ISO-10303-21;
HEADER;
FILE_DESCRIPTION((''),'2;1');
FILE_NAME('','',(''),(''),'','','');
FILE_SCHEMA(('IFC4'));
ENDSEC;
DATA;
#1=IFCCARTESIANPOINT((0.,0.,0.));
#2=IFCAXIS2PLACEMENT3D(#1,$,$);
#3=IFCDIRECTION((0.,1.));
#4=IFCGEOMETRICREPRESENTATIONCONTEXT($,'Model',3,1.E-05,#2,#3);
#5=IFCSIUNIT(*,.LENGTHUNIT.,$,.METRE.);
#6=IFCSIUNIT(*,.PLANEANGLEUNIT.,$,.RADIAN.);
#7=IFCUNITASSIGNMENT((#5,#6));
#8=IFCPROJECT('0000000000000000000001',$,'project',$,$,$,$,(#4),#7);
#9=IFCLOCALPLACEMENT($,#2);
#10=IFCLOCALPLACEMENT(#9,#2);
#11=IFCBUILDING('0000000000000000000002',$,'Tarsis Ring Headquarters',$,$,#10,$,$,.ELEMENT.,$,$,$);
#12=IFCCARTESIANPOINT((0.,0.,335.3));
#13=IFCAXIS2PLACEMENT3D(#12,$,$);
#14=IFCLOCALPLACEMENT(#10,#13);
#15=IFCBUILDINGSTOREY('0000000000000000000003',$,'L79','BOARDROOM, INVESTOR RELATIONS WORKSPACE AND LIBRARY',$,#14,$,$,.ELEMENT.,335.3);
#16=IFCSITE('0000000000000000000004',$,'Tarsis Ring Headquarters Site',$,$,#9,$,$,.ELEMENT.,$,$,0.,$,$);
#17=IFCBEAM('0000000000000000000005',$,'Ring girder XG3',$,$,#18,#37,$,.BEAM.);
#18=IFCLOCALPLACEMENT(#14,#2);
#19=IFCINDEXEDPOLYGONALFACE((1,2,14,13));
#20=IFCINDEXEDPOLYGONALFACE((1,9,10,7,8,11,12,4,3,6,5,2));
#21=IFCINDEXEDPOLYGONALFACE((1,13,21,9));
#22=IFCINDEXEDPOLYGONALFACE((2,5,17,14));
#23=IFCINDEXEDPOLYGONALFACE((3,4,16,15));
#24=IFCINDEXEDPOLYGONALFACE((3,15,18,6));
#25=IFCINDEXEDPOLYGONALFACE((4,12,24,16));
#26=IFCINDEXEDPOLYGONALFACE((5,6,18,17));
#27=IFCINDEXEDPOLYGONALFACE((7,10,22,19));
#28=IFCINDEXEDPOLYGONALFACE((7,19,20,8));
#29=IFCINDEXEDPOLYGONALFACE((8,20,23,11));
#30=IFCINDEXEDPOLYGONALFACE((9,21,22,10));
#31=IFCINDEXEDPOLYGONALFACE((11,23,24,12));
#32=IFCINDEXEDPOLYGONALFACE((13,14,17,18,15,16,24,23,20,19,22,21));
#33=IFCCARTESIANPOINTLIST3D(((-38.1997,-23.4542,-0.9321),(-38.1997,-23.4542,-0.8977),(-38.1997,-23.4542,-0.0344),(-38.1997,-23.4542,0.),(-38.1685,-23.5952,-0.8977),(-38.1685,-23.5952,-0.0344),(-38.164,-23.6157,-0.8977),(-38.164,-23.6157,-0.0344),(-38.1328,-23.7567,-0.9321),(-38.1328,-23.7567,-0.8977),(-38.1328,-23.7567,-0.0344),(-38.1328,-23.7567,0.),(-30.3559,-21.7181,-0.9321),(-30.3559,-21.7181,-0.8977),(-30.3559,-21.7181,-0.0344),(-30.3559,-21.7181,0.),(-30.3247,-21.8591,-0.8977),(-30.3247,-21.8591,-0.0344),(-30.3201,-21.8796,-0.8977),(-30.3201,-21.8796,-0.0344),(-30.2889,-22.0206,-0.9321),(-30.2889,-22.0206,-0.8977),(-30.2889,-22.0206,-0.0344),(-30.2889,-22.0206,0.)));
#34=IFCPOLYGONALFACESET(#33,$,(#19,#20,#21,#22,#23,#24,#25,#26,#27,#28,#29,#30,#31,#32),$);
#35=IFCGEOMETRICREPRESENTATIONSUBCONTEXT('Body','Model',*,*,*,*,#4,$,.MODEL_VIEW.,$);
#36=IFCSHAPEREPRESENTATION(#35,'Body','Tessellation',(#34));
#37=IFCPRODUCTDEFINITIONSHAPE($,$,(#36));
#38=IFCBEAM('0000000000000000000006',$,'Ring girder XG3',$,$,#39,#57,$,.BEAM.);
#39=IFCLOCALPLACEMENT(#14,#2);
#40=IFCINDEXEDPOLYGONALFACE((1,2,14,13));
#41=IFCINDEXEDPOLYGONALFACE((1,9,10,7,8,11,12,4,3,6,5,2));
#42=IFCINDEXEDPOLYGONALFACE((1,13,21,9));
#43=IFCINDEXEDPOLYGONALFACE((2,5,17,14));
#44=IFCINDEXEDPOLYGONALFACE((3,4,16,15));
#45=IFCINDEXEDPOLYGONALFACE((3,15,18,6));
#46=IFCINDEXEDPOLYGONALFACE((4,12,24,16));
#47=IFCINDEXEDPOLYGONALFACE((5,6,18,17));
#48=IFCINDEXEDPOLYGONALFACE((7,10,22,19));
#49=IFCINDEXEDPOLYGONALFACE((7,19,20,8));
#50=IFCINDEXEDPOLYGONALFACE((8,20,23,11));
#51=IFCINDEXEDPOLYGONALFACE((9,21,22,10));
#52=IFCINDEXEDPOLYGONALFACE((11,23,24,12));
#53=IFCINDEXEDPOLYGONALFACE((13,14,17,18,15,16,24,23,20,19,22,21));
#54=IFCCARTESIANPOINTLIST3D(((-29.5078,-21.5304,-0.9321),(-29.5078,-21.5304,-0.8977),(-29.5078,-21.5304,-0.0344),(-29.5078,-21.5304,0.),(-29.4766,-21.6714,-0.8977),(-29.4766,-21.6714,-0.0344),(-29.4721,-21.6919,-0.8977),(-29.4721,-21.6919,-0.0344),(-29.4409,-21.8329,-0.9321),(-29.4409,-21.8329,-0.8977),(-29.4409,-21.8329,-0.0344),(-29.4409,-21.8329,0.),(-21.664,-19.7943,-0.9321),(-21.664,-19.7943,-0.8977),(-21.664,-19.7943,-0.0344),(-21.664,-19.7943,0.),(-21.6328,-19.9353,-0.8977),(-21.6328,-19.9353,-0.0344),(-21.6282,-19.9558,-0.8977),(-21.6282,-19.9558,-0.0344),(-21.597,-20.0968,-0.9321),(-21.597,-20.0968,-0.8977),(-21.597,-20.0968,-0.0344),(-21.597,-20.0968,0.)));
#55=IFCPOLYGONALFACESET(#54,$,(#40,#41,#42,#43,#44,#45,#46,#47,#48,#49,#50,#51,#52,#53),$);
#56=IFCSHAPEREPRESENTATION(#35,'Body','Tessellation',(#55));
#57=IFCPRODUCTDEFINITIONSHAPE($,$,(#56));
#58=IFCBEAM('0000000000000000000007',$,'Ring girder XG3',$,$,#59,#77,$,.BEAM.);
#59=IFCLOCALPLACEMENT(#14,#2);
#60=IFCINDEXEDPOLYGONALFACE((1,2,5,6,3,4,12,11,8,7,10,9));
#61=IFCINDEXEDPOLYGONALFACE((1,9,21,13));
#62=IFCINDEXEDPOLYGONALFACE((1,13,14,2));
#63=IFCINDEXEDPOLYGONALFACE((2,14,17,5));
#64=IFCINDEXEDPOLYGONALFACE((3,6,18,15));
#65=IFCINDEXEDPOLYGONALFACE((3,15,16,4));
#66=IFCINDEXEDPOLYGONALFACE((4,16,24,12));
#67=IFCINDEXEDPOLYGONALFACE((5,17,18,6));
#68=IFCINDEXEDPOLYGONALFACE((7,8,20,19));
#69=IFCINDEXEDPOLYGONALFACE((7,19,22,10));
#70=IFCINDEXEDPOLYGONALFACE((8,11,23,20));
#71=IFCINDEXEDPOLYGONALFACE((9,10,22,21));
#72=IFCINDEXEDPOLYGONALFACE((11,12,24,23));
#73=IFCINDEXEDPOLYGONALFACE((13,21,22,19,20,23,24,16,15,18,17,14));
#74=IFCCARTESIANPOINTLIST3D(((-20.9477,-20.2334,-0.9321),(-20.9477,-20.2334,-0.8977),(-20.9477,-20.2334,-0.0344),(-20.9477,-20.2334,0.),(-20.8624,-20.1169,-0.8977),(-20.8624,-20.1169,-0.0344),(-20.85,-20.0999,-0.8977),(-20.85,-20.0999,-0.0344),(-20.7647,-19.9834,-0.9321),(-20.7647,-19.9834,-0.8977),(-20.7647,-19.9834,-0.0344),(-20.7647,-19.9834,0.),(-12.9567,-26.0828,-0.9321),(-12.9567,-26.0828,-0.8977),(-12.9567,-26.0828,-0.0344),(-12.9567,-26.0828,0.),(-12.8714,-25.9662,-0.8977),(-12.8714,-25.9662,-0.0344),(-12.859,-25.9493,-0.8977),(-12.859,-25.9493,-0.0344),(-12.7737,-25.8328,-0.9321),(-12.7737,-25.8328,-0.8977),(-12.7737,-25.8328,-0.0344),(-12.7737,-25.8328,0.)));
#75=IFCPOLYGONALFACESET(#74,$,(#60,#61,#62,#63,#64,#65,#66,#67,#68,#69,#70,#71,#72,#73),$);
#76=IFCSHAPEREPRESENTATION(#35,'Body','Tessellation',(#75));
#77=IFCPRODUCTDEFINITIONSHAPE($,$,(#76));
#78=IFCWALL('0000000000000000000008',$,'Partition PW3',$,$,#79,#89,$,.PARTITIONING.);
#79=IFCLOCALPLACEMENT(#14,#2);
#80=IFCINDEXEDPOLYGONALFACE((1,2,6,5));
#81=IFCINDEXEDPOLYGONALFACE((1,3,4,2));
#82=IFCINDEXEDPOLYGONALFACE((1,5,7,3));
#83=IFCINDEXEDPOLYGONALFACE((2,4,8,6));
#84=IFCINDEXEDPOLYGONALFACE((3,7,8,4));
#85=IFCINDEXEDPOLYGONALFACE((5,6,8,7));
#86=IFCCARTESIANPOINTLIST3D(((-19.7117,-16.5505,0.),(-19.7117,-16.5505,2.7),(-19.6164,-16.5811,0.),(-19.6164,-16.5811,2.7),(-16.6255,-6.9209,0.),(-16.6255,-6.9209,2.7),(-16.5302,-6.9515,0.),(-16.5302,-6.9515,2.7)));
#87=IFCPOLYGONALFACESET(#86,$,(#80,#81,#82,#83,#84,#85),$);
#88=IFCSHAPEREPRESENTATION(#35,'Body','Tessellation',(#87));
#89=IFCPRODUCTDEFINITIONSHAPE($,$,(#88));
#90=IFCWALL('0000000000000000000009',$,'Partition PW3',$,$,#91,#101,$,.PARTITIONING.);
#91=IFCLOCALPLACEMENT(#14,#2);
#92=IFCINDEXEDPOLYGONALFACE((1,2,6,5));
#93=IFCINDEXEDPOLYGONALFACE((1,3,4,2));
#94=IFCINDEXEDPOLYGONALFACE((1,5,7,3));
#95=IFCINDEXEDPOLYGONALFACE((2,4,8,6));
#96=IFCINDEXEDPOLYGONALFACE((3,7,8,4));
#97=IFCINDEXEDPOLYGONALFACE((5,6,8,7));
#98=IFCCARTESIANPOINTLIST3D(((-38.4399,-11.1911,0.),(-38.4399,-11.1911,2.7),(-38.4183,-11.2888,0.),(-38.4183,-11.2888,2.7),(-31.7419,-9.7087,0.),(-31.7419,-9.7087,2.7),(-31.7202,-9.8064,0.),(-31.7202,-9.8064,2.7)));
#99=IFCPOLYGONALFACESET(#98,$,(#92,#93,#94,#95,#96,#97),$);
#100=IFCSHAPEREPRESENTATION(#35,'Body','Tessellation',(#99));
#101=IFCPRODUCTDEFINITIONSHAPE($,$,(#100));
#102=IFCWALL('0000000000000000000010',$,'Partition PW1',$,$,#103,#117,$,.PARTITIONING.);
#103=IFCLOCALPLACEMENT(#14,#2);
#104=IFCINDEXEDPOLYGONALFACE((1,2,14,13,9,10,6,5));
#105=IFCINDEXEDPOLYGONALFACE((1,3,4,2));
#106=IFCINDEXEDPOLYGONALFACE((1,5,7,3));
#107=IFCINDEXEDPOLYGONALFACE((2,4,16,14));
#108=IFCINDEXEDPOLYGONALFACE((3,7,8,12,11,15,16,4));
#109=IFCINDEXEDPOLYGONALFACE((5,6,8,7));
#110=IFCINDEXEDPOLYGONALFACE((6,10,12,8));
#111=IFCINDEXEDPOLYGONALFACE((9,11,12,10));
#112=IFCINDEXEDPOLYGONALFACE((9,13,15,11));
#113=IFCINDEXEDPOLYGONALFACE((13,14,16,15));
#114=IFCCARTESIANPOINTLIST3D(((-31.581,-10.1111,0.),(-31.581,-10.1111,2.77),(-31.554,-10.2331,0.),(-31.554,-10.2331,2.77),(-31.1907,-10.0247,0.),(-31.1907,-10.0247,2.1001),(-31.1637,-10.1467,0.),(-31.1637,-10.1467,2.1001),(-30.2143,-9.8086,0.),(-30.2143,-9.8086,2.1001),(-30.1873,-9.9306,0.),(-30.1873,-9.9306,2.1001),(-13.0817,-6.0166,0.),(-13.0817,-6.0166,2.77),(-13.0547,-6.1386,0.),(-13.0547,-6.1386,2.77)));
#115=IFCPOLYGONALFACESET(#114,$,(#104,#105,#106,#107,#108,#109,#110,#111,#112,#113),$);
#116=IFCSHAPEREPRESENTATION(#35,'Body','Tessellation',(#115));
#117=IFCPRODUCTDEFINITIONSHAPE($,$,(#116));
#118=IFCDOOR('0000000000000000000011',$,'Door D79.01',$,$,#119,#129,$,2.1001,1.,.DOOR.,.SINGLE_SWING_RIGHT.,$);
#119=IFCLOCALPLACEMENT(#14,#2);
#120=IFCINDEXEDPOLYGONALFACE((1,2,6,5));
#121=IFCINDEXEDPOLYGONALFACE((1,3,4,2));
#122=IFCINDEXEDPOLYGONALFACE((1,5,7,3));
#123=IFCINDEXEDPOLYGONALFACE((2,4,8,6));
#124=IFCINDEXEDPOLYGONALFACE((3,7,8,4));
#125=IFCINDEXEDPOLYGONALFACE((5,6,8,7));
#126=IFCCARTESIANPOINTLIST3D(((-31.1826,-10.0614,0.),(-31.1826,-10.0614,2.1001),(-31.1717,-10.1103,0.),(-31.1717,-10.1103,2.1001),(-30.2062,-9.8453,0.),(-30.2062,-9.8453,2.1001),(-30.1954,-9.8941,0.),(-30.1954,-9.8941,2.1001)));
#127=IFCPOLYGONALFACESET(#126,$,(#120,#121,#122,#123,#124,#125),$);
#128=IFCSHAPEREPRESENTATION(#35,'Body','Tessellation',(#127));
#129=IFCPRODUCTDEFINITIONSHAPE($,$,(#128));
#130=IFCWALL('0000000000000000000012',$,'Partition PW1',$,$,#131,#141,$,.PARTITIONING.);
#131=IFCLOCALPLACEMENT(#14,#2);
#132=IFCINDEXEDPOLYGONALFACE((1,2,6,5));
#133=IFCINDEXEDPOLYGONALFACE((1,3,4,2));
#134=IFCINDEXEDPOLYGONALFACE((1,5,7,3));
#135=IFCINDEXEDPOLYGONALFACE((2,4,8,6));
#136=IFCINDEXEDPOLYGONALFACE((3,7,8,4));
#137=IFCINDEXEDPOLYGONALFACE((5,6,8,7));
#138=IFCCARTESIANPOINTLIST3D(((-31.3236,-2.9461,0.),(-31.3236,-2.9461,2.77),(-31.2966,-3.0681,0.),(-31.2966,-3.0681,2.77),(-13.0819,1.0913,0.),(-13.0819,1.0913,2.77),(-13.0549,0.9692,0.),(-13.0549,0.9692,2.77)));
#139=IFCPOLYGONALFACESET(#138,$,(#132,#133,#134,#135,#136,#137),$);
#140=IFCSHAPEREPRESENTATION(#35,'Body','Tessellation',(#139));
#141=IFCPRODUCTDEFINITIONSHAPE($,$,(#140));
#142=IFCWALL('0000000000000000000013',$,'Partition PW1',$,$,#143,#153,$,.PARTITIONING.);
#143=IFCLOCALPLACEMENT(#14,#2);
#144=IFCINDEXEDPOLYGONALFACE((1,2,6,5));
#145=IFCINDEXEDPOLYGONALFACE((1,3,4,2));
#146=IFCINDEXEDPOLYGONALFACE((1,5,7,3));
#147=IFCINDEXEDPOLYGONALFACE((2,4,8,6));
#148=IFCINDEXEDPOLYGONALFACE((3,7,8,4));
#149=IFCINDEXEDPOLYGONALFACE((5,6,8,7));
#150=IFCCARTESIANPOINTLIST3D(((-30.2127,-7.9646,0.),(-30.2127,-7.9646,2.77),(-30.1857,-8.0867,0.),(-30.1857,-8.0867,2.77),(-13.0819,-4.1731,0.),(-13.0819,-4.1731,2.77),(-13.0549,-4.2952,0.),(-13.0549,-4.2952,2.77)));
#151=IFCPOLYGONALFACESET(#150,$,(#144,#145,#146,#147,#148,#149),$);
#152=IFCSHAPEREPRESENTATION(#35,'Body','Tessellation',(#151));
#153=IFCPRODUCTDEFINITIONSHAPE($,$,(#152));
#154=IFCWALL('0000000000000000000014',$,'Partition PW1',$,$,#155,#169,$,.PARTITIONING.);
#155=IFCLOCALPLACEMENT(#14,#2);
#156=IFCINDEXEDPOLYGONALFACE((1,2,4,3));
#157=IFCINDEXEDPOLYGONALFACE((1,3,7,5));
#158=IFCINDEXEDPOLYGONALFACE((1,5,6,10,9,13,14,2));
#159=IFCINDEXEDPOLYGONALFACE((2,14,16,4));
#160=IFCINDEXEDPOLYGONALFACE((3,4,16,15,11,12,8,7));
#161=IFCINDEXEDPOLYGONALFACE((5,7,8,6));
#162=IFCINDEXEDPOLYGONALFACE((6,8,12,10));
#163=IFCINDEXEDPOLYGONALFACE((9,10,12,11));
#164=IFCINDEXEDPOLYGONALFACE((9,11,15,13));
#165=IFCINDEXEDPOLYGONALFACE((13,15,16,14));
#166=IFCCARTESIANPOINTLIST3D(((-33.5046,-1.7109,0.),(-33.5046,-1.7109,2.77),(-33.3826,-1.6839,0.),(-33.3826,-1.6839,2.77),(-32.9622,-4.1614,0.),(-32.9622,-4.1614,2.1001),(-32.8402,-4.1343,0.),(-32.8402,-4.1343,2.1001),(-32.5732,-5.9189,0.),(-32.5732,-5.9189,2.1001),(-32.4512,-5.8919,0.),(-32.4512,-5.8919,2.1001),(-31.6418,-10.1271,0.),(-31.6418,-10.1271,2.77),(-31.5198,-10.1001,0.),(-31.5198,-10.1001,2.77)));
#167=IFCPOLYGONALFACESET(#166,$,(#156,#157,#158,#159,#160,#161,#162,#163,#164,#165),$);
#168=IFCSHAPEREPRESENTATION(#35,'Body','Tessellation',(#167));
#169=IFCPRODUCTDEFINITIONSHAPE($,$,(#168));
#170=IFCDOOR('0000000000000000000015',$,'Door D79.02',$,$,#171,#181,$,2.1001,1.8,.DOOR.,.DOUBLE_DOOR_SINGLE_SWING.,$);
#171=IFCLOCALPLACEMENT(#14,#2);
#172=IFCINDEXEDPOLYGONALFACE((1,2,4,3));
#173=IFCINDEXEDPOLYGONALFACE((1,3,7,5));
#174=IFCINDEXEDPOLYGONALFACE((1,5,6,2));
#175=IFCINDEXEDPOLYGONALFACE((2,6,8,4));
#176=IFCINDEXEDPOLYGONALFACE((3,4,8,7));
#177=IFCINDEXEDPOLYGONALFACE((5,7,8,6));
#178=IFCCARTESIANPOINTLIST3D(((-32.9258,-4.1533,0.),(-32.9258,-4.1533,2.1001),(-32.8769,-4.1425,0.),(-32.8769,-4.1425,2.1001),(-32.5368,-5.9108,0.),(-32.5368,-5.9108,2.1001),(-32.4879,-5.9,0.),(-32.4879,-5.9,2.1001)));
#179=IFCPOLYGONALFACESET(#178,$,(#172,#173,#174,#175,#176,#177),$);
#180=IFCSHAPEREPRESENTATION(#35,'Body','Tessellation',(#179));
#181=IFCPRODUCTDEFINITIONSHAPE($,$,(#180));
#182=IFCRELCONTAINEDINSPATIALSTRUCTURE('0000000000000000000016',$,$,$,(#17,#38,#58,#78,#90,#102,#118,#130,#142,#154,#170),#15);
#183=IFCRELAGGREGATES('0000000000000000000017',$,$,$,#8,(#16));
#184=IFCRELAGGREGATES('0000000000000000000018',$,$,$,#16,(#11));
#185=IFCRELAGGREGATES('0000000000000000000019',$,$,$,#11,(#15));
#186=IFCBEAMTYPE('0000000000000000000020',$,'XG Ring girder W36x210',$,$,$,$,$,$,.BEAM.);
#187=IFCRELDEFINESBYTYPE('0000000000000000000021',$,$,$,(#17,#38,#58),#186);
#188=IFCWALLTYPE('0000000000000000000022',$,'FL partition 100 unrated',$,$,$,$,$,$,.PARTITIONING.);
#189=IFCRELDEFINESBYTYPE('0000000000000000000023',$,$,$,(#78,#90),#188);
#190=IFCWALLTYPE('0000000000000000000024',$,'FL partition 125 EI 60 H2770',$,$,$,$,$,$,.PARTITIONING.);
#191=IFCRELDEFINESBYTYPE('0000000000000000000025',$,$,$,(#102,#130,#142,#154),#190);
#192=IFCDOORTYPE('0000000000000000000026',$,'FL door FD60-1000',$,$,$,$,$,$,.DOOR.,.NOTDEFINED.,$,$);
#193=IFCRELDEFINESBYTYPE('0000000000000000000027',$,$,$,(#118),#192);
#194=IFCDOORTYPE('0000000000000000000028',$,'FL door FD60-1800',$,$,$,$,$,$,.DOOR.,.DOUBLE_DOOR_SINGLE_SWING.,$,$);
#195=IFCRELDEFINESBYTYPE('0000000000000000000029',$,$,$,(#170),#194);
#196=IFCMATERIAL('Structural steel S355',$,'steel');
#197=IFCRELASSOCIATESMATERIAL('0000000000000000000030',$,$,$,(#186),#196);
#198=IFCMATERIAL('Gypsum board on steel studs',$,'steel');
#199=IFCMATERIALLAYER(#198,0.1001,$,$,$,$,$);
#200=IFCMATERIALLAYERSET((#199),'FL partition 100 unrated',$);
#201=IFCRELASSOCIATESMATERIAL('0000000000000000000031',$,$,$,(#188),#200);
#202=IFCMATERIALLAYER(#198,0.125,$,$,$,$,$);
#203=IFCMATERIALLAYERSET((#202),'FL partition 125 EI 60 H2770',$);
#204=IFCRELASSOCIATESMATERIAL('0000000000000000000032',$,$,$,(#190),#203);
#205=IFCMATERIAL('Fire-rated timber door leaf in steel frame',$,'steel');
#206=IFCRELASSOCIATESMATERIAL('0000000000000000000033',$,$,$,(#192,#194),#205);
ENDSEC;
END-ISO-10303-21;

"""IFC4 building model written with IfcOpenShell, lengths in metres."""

from ifc_helpers import new_model, si_unit, direction, frame, frame_2d, origin, origin_2d, place, context, subcontext, project, spatial, rectangle, i_section, extrude, material, layer, layer_set, material_profile, profile_set, type_object, element, fill, save


model = new_model("IFC4")

# Units and contexts
model_context = context("Model", 3, precision=1e-05, world=origin(), true_north=direction((0.0, 1.0)))
body_context = subcontext(model_context, "Body", "Model", "MODEL_VIEW")
ifc_project = project(units=[si_unit("LENGTHUNIT", "METRE"), si_unit("PLANEANGLEUNIT", "RADIAN")], contexts=[model_context])

# Site, building, storey
site_placement = place(None, origin())
site = spatial("IfcSite", under=ifc_project, at=site_placement, Name="Tarsis Ring Headquarters Site", CompositionType="ELEMENT", RefElevation=0.0)
building_placement = place(site_placement, origin())
building = spatial("IfcBuilding", under=site, at=building_placement, Name="Tarsis Ring Headquarters", CompositionType="ELEMENT")
storey_placement = place(building_placement, frame((0.0, 0.0, 335.3)))
storey = spatial("IfcBuildingStorey", under=building, at=storey_placement, Name="L79", Description="BOARDROOM, INVESTOR RELATIONS WORKSPACE AND LIBRARY", CompositionType="ELEMENT", Elevation=335.3)

# Shared definitions
ifc_material_1 = material(Name="Structural steel S355", Category="steel")

# Beams
ifc_material_profile_1 = material_profile(ifc_material_1, i_section(OverallWidth=0.3098, OverallDepth=0.9321, WebThickness=0.021, FlangeThickness=0.0344, at=origin_2d()), Name="W36x210")
ifc_profile_set_1 = profile_set([ifc_material_profile_1], Name="Structural steel S355")
beam_type = type_object("IfcBeamType", Name="XG Ring girder W36x210", PredefinedType="BEAM", material=ifc_profile_set_1)
for number, where, z_axis, x_axis, name in (
    (1, (-38.1663, -23.6055, -0.4661), (0.97637, 0.216103, 0.0), (-0.216103, 0.97637, 0.0), "Ring girder XG3"),
    (2, (-29.4744, -21.6816, -0.4661), (0.97637, 0.216103, 0.0), (-0.216103, 0.97637, 0.0), "Ring girder XG3"),
):
    element("IfcBeam", number, at=place(storey_placement, frame(where, z_axis=z_axis, x_axis=x_axis)), inside=storey, type_object=beam_type, Name=name, PredefinedType="BEAM", context=body_context, shape_type="SweptSolid", body=[
        extrude(i_section(OverallWidth=0.3098, OverallDepth=0.9321, WebThickness=0.021, FlangeThickness=0.0344, at=origin_2d()), origin(), (0.0, 0.0, 1.0), 8.0337),
    ])
beam_1_placement = place(storey_placement, frame((-20.8562, -20.1084, -0.4661), z_axis=(0.806919, -0.590662, 0.0), x_axis=(0.590662, 0.806919, 0.0)))
element("IfcBeam", 3, at=beam_1_placement, inside=storey, type_object=beam_type, Name="Ring girder XG3", PredefinedType="BEAM", context=body_context, shape_type="SweptSolid", body=[
    extrude(i_section(OverallWidth=0.3098, OverallDepth=0.9321, WebThickness=0.021, FlangeThickness=0.0344, at=origin_2d()), origin(), (0.0, 0.0, 1.0), 9.9031),
])

# Walls
ifc_material_2 = material(Name="Gypsum board on steel studs", Category="steel")
ifc_layer_1 = layer(ifc_material_2, 0.1001)
ifc_layer_set_1 = layer_set([ifc_layer_1], Name="FL partition 100 unrated")
wall_type_1 = type_object("IfcWallType", Name="FL partition 100 unrated", PredefinedType="PARTITIONING", material=ifc_layer_set_1)
wall_1_placement = place(storey_placement, frame((-19.6641, -16.5659, 0.0), z_axis=(0.0, 0.0, 1.0), x_axis=(0.305197, 0.952289, 0.0)))
element("IfcWall", 4, at=wall_1_placement, inside=storey, type_object=wall_type_1, Name="Partition PW3", PredefinedType="PARTITIONING", context=body_context, shape_type="SweptSolid", body=[
    extrude(rectangle(XDim=10.1121, YDim=0.1001, at=frame_2d((5.0562, 0.0))), origin(), (0.0, 0.0, 1.0), 2.7),
])
wall_2_placement = place(storey_placement, frame((-38.4292, -11.24, 0.0), z_axis=(0.0, 0.0, 1.0), x_axis=(0.976373, 0.216094, 0.0)))
element("IfcWall", 5, at=wall_2_placement, inside=storey, type_object=wall_type_1, Name="Partition PW3", PredefinedType="PARTITIONING", context=body_context, shape_type="SweptSolid", body=[
    extrude(rectangle(XDim=6.8601, YDim=0.1001, at=frame_2d((3.4302, 0.0))), origin(), (0.0, 0.0, 1.0), 2.7),
])

# Wall, opening, door
ifc_layer_2 = layer(ifc_material_2, 0.125)
ifc_layer_set_2 = layer_set([ifc_layer_2], Name="FL partition 125 EI 60 H2770")
wall_type_2 = type_object("IfcWallType", Name="FL partition 125 EI 60 H2770", PredefinedType="PARTITIONING", material=ifc_layer_set_2)
wall_3_placement = place(storey_placement, frame((-31.5676, -10.1721, 0.0), z_axis=(0.0, 0.0, 1.0), x_axis=(0.976371, 0.216102, 0.0)))
wall_3 = element("IfcWall", 6, at=wall_3_placement, inside=storey, type_object=wall_type_2, Name="Partition PW1", PredefinedType="PARTITIONING", context=body_context, shape_type="SweptSolid", body=[
    extrude(rectangle(XDim=18.947, YDim=0.125, at=frame_2d((9.4736, 0.0))), origin(), (0.0, 0.0, 1.0), 2.77),
])
opening_1_placement = place(wall_3_placement, frame((0.3999, 0.0, 0.0)))
opening_1 = element("IfcOpeningElement", 7, at=opening_1_placement, cuts=wall_3, PredefinedType="OPENING", context=body_context, shape_type="SweptSolid", body=[
    extrude(rectangle(XDim=1.0, YDim=2.1001, at=frame_2d((0.5, 1.05))), frame((0.0, 0.0725, 0.0), z_axis=(0.0, -1.0, 0.0), x_axis=(1.0, 0.0, 0.0)), (0.0, 0.0, 1.0), 0.145),
])
ifc_material_3 = material(Name="Fire-rated timber door leaf in steel frame", Category="steel")
door_type_1 = type_object("IfcDoorType", Name="FL door FD60-1000", OperationType="NOTDEFINED", PredefinedType="DOOR", material=ifc_material_3)
door_1_placement = place(opening_1_placement, origin())
door_1 = element("IfcDoor", 8, at=door_1_placement, inside=storey, type_object=door_type_1, Name="Door D79.01", OperationType="SINGLE_SWING_RIGHT", OverallHeight=2.1001, OverallWidth=1.0, PredefinedType="DOOR", context=body_context, shape_type="SweptSolid", body=[
    extrude(rectangle(XDim=1.0, YDim=2.1001, at=frame_2d((0.5, 1.05))), frame((0.0, 0.0249, 0.0), z_axis=(0.0, -1.0, 0.0), x_axis=(1.0, 0.0, 0.0)), (0.0, 0.0, 1.0), 0.05),
])
fill(opening_1, door_1)

# Walls
wall_4_placement = place(storey_placement, frame((-31.3101, -3.0071, 0.0), z_axis=(0.0, 0.0, 1.0), x_axis=(0.976372, 0.216096, 0.0)))
element("IfcWall", 9, at=wall_4_placement, inside=storey, type_object=wall_type_2, Name="Partition PW1", PredefinedType="PARTITIONING", context=body_context, shape_type="SweptSolid", body=[
    extrude(rectangle(XDim=18.6831, YDim=0.125, at=frame_2d((9.3416, 0.0))), origin(), (0.0, 0.0, 1.0), 2.77),
])
wall_5_placement = place(storey_placement, frame((-30.1992, -8.0256, 0.0), z_axis=(0.0, 0.0, 1.0), x_axis=(0.976372, 0.216096, 0.0)))
element("IfcWall", 10, at=wall_5_placement, inside=storey, type_object=wall_type_2, Name="Partition PW1", PredefinedType="PARTITIONING", context=body_context, shape_type="SweptSolid", body=[
    extrude(rectangle(XDim=17.5454, YDim=0.125, at=frame_2d((8.7727, 0.0))), origin(), (0.0, 0.0, 1.0), 2.77),
])

# Wall, opening, door
wall_6_placement = place(storey_placement, frame((-33.4436, -1.6973, 0.0), z_axis=(0.0, 0.0, 1.0), x_axis=(0.216103, -0.976371, 0.0)))
wall_6 = element("IfcWall", 11, at=wall_6_placement, inside=storey, type_object=wall_type_2, Name="Partition PW1", PredefinedType="PARTITIONING", context=body_context, shape_type="SweptSolid", body=[
    extrude(rectangle(XDim=8.6199, YDim=0.125, at=frame_2d((4.3101, 0.0))), origin(), (0.0, 0.0, 1.0), 2.77),
])
opening_2_placement = place(wall_6_placement, frame((2.51, 0.0, 0.0)))
opening_2 = element("IfcOpeningElement", 12, at=opening_2_placement, cuts=wall_6, PredefinedType="OPENING", context=body_context, shape_type="SweptSolid", body=[
    extrude(rectangle(XDim=1.8, YDim=2.1001, at=frame_2d((0.8999, 1.05))), frame((0.0, 0.0725, 0.0), z_axis=(0.0, -1.0, 0.0), x_axis=(1.0, 0.0, 0.0)), (0.0, 0.0, 1.0), 0.145),
])
door_type_2 = type_object("IfcDoorType", Name="FL door FD60-1800", OperationType="DOUBLE_DOOR_SINGLE_SWING", PredefinedType="DOOR", material=ifc_material_3)
door_2_placement = place(opening_2_placement, origin())
door_2 = element("IfcDoor", 13, at=door_2_placement, inside=storey, type_object=door_type_2, Name="Door D79.02", OperationType="DOUBLE_DOOR_SINGLE_SWING", OverallHeight=2.1001, OverallWidth=1.8, PredefinedType="DOOR", context=body_context, shape_type="SweptSolid", body=[
    extrude(rectangle(XDim=1.8, YDim=2.1001, at=frame_2d((0.8999, 1.05))), frame((0.0, 0.0249, 0.0), z_axis=(0.0, -1.0, 0.0), x_axis=(1.0, 0.0, 0.0)), (0.0, 0.0, 1.0), 0.05),
])
fill(opening_2, door_2)

save(model, "model.ifc")
